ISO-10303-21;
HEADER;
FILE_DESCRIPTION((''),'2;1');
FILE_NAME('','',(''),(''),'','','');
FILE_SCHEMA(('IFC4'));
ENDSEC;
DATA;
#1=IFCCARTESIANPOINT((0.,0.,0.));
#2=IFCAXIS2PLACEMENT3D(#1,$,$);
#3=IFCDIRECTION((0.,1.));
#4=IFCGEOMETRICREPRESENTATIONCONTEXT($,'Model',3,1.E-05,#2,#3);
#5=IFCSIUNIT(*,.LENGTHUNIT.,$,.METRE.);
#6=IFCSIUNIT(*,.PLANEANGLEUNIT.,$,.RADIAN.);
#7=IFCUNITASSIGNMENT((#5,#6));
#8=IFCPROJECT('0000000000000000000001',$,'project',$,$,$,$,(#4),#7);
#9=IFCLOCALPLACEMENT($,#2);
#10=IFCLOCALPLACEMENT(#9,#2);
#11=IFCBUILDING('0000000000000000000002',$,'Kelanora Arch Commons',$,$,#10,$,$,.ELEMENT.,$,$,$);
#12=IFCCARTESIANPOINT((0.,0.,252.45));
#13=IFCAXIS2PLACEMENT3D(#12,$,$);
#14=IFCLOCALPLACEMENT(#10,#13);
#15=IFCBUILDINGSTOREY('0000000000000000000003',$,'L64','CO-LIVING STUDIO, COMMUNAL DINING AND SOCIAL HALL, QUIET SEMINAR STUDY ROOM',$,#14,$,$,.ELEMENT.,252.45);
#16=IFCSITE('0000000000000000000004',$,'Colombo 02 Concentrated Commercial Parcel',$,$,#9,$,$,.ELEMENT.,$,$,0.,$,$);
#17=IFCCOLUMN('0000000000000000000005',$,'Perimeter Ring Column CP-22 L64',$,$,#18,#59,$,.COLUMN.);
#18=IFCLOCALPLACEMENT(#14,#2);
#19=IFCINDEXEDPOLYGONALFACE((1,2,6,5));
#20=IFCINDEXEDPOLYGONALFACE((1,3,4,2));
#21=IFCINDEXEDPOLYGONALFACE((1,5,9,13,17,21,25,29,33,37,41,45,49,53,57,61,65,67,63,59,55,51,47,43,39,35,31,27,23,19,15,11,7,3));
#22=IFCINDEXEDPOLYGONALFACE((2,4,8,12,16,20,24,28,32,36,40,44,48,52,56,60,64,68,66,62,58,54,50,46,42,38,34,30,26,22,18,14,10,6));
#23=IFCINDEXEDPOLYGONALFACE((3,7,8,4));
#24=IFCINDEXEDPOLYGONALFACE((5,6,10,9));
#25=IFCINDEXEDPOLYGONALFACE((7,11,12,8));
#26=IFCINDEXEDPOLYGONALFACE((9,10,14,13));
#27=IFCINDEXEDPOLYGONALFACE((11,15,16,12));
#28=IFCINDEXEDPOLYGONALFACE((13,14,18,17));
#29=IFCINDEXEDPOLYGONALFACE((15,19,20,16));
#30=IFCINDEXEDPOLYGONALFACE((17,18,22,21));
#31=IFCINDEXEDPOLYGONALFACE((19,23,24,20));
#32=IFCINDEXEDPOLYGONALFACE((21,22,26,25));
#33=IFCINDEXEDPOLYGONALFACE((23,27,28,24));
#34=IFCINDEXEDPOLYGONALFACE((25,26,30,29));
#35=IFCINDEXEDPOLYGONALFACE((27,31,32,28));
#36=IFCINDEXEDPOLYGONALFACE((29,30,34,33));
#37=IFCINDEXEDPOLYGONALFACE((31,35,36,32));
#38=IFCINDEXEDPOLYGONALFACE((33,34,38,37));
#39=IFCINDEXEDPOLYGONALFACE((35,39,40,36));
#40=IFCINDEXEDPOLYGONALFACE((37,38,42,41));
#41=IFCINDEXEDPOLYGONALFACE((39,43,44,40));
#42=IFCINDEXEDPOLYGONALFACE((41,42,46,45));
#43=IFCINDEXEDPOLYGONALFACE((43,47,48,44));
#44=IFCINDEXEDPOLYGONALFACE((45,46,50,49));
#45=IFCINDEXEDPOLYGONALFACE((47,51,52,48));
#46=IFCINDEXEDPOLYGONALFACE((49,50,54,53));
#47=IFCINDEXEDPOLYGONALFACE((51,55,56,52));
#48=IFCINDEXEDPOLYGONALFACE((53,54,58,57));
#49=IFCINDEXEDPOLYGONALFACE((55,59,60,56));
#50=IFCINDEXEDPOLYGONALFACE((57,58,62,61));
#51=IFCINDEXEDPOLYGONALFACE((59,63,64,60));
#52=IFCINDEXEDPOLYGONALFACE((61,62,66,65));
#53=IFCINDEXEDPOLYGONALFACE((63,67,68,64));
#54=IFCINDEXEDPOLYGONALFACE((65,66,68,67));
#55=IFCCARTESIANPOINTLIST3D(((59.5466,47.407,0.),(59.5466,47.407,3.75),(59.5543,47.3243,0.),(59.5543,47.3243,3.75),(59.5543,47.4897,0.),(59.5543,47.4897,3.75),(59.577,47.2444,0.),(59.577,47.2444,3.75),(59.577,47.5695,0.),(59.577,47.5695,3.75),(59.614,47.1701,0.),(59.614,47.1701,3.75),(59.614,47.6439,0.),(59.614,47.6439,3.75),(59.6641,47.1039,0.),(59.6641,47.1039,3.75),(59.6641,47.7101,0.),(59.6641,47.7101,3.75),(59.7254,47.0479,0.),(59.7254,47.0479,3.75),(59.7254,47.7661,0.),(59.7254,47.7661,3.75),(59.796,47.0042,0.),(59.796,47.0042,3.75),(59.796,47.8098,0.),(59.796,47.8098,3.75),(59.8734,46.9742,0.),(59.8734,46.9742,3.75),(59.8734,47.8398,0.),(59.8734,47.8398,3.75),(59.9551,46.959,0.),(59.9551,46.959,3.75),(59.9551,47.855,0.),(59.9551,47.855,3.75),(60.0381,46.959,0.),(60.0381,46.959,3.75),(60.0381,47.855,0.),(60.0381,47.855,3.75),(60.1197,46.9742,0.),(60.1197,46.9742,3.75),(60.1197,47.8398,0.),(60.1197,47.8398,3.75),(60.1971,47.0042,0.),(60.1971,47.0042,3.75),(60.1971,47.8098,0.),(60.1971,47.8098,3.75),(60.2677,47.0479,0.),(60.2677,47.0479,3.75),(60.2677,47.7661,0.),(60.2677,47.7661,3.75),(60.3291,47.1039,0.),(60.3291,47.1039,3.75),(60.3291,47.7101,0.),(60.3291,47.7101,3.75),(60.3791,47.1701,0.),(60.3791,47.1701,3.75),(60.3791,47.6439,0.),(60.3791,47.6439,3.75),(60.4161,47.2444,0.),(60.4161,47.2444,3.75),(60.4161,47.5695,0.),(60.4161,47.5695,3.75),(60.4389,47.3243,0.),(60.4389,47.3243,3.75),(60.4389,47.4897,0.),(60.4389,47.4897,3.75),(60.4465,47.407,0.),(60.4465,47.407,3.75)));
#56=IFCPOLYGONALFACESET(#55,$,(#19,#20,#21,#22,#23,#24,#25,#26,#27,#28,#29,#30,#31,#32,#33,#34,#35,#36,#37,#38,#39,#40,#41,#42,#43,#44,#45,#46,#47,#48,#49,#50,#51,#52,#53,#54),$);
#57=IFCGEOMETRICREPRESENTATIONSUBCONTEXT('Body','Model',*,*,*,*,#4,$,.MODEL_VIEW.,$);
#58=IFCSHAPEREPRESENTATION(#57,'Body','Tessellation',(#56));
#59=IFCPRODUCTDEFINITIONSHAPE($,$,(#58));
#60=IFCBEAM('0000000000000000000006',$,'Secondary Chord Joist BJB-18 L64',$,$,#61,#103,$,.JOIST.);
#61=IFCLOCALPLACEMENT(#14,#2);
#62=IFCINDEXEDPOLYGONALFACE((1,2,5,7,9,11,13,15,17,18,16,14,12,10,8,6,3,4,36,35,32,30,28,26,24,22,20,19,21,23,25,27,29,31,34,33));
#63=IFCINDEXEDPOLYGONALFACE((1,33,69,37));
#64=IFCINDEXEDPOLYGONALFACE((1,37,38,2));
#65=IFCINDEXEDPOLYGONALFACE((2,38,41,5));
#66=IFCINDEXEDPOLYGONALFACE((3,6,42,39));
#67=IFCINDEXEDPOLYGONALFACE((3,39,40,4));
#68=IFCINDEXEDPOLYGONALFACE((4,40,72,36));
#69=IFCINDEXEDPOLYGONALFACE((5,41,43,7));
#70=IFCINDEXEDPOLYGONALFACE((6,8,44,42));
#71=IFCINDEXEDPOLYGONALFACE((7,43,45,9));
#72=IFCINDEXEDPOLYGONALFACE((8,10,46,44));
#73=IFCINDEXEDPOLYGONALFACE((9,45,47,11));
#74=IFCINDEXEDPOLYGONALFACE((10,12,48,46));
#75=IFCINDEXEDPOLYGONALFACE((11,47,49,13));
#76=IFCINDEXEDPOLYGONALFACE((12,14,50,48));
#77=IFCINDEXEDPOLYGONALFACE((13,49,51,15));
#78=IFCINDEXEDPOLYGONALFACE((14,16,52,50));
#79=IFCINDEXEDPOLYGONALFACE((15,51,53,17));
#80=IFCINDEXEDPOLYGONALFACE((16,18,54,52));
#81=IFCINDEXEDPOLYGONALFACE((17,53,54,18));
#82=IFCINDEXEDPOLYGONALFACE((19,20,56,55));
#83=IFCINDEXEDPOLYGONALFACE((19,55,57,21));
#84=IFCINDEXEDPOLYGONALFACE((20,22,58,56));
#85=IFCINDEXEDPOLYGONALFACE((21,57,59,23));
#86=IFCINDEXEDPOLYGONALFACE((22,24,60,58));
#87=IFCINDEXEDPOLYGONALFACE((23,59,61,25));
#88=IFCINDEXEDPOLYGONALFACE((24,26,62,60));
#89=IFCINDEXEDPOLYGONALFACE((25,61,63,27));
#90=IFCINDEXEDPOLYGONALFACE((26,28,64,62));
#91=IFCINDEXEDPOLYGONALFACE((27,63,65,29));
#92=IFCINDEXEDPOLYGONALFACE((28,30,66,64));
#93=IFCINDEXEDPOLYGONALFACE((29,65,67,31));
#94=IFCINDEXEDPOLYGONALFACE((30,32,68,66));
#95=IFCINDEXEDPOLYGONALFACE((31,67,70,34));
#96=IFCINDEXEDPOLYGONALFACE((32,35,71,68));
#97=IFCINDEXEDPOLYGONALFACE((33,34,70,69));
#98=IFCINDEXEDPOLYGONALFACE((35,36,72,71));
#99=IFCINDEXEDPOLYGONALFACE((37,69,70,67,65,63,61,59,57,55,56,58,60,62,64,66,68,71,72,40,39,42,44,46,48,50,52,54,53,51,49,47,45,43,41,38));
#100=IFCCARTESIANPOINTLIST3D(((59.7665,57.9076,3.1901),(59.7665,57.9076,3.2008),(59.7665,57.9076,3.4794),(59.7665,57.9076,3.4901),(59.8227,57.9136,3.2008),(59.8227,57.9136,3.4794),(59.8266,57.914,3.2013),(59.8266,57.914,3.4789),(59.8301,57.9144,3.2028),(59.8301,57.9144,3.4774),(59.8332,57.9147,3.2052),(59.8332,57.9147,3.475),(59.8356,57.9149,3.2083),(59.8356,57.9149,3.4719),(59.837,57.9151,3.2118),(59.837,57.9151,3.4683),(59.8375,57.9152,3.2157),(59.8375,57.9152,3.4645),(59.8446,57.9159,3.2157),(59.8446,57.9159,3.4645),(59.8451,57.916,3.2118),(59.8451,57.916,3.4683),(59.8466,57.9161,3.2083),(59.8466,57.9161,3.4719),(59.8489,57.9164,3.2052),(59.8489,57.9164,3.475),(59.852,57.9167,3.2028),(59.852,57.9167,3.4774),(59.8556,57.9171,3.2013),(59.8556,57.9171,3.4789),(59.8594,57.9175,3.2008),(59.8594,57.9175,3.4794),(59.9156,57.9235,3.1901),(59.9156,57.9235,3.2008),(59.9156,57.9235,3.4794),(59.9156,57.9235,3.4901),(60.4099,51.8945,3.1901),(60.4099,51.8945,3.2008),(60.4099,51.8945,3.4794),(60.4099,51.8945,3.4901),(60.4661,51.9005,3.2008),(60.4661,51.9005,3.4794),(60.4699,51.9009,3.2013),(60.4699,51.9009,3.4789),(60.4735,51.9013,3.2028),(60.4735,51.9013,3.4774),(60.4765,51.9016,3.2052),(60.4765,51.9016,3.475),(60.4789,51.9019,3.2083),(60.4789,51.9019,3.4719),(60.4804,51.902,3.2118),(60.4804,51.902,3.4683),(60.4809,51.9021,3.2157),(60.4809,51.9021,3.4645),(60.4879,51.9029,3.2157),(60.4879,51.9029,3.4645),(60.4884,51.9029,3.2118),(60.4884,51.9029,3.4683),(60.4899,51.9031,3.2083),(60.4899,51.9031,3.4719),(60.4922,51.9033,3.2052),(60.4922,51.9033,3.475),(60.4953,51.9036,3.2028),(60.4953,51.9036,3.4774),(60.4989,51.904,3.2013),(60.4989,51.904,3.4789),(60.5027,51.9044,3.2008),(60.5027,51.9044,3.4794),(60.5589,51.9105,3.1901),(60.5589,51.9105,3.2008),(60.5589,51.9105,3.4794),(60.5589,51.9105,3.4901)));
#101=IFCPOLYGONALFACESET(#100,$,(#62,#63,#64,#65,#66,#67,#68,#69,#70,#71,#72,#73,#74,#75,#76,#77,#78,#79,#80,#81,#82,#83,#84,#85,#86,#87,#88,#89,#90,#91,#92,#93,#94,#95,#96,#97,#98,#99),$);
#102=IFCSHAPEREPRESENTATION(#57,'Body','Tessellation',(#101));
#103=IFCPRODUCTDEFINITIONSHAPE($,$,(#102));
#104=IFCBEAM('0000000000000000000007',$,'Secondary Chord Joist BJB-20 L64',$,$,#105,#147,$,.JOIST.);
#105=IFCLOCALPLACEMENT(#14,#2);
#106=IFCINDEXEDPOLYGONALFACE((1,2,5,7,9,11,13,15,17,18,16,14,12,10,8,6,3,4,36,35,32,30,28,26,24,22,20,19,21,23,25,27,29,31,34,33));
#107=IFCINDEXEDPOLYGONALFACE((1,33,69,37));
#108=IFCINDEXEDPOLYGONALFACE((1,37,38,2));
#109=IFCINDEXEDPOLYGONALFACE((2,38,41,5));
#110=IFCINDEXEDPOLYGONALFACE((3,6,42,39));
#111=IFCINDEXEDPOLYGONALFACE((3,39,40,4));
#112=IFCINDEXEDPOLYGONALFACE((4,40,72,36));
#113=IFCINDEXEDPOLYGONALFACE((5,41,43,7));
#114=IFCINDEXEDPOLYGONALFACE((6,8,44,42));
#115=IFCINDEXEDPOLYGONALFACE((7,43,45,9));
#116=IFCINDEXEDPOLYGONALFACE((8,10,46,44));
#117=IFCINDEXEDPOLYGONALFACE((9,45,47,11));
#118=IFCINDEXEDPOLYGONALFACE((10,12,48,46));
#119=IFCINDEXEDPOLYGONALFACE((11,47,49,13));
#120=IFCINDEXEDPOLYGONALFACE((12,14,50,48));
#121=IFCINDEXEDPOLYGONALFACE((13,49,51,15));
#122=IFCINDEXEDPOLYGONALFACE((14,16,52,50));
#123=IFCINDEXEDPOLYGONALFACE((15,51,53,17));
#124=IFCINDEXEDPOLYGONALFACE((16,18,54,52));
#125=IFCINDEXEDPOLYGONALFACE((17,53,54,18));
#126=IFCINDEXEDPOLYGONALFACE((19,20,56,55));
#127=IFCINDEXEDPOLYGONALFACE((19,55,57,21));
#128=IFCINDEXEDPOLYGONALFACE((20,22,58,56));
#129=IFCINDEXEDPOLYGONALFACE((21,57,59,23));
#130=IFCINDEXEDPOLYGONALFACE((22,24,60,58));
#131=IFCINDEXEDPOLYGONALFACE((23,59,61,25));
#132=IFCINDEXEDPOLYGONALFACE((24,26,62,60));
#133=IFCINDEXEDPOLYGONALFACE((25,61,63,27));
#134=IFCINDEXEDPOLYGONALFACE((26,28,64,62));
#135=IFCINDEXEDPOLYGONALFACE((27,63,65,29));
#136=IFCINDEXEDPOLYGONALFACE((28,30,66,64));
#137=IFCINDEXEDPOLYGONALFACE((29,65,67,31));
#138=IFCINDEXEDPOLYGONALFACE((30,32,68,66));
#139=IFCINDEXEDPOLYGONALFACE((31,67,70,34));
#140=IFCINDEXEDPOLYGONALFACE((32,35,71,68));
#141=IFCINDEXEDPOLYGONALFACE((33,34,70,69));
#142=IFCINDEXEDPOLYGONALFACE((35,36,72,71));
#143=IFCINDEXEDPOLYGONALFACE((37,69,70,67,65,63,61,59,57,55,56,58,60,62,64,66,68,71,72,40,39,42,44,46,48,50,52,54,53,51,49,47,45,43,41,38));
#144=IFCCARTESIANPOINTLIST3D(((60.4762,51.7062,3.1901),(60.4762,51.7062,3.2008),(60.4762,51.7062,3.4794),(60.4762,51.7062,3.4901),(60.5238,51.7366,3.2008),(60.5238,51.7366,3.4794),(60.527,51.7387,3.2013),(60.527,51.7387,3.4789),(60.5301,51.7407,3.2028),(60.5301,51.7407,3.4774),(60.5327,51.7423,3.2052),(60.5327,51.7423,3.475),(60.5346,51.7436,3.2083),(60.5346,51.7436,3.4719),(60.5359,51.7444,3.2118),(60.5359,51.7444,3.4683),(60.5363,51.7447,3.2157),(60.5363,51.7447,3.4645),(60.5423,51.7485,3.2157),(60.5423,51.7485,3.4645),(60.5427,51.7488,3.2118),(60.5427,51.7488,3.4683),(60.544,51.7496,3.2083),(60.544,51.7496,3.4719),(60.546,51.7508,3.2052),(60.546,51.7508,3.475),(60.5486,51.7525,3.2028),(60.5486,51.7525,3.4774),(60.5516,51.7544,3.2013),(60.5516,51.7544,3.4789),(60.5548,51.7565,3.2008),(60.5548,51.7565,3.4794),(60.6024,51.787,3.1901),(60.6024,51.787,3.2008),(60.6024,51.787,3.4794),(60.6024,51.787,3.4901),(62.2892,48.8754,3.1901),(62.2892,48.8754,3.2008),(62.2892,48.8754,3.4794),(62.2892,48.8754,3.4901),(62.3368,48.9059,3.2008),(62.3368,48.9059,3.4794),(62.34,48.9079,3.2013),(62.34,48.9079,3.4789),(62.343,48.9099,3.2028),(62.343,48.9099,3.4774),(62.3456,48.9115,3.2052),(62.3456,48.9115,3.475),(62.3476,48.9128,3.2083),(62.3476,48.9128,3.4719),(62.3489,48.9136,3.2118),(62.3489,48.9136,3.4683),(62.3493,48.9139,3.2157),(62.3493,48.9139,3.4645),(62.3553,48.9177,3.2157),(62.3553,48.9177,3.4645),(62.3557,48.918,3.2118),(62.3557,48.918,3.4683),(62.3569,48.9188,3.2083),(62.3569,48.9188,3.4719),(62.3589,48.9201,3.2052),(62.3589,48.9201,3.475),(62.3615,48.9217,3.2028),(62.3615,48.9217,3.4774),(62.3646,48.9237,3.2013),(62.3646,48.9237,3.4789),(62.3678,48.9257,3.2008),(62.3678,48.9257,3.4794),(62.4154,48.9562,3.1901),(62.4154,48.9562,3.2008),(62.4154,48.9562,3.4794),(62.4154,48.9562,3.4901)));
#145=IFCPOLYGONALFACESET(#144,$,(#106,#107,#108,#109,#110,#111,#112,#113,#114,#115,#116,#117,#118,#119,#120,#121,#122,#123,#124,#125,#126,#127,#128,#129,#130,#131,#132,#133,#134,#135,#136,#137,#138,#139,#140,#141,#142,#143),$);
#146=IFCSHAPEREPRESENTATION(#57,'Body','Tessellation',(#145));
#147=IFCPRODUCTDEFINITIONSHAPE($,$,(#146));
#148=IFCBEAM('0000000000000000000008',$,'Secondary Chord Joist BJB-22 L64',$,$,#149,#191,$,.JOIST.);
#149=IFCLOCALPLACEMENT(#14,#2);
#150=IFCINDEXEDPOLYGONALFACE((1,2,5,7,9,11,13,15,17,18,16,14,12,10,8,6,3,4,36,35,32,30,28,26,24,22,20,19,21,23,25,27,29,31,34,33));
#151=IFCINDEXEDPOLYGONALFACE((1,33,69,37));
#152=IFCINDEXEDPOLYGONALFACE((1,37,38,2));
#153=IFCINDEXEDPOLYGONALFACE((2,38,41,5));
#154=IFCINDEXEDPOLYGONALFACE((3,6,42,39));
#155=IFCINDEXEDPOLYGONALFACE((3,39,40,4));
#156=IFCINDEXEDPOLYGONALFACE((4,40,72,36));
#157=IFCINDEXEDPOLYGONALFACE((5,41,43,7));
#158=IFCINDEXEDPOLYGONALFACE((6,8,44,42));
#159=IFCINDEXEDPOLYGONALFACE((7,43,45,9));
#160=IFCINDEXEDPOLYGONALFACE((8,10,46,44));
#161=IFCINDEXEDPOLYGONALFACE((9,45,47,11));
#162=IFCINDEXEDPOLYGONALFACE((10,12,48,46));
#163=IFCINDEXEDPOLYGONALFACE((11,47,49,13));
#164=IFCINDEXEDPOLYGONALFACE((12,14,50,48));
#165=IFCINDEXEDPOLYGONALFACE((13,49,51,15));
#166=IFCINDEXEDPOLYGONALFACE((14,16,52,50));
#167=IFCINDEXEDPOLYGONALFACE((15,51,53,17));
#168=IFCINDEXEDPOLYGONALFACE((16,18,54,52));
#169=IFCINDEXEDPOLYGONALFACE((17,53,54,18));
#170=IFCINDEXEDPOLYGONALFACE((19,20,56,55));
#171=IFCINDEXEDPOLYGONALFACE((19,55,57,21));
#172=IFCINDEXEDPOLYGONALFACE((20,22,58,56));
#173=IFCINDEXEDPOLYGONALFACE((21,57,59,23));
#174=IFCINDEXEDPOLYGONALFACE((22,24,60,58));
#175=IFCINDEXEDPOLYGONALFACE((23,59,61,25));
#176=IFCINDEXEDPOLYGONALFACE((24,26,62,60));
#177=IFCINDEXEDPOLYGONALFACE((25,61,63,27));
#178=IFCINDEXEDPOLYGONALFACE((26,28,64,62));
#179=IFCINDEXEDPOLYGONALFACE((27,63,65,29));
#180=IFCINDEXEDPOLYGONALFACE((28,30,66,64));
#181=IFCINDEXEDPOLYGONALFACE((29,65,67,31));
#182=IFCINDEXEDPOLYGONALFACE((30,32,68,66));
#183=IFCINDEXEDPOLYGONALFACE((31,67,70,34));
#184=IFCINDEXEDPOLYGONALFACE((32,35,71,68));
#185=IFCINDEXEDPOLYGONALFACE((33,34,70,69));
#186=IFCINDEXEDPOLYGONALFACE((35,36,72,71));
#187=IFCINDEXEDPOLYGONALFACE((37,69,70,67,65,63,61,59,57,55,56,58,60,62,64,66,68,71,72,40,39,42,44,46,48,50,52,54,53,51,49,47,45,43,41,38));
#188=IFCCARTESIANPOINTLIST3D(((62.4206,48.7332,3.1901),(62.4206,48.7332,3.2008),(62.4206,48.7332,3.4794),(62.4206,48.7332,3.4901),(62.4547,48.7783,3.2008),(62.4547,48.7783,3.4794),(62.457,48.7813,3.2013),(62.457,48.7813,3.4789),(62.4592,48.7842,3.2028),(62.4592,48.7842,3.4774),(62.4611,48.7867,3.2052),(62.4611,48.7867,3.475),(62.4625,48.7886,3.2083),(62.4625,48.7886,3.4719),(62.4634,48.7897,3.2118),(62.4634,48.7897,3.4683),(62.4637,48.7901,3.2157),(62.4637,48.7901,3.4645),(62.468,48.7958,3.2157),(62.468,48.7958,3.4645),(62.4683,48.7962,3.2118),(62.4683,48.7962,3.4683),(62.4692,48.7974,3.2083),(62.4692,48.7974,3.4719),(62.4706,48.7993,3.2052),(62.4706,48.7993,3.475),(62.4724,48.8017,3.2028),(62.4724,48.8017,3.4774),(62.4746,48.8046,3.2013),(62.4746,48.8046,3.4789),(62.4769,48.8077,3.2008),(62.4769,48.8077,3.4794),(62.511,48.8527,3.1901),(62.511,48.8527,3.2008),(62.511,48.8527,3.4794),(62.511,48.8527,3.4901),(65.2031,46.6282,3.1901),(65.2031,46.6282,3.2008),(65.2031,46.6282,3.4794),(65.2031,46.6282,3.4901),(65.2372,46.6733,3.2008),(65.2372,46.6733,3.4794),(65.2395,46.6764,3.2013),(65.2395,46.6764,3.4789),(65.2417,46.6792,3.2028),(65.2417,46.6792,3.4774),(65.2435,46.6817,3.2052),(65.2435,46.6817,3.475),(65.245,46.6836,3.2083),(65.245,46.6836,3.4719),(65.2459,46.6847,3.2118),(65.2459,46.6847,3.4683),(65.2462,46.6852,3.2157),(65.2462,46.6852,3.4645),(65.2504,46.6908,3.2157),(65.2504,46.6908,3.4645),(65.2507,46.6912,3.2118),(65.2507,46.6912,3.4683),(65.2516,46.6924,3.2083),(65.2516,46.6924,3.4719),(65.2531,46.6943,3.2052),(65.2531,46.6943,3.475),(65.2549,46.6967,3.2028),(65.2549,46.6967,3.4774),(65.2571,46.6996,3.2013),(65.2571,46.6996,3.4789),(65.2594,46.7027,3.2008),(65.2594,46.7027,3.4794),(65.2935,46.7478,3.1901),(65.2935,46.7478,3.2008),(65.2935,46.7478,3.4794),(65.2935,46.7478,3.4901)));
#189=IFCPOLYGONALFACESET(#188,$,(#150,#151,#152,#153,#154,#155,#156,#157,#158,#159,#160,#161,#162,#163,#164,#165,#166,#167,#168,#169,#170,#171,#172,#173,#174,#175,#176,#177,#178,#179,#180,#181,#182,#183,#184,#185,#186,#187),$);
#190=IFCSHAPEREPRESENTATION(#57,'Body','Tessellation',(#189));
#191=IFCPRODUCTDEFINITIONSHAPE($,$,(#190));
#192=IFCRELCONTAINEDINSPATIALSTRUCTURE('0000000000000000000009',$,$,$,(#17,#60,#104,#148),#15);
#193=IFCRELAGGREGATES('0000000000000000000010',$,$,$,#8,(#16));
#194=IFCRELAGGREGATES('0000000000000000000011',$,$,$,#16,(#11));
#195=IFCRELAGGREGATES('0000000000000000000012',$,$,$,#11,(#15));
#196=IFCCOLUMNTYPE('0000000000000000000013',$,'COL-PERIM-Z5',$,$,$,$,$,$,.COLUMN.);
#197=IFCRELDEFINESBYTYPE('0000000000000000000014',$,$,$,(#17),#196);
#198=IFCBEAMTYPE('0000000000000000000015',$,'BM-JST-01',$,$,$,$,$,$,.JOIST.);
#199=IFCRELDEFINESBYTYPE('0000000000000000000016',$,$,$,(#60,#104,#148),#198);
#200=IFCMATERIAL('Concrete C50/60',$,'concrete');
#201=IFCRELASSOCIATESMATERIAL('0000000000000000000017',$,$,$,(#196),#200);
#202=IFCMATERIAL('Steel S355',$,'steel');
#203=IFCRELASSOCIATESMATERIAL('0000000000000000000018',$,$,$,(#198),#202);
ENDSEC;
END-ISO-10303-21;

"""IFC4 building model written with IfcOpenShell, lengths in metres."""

from ifc_helpers import new_model, si_unit, direction, frame, origin, origin_2d, place, context, subcontext, project, spatial, circle, i_section, extrude, material, material_profile, profile_set, type_object, element, save


model = new_model("IFC4")

# Units and contexts
model_context = context("Model", 3, precision=1e-05, world=origin(), true_north=direction((0.0, 1.0)))
body_context = subcontext(model_context, "Body", "Model", "MODEL_VIEW")
ifc_project = project(units=[si_unit("LENGTHUNIT", "METRE"), si_unit("PLANEANGLEUNIT", "RADIAN")], contexts=[model_context])

# Site, building, storey
site_placement = place(None, origin())
site = spatial("IfcSite", under=ifc_project, at=site_placement, Name="Colombo 02 Concentrated Commercial Parcel", CompositionType="ELEMENT", RefElevation=0.0)
building_placement = place(site_placement, origin())
building = spatial("IfcBuilding", under=site, at=building_placement, Name="Kelanora Arch Commons", CompositionType="ELEMENT")
storey_placement = place(building_placement, frame((0.0, 0.0, 252.45)))
storey = spatial("IfcBuildingStorey", under=building, at=storey_placement, Name="L64", Description="CO-LIVING STUDIO, COMMUNAL DINING AND SOCIAL HALL, QUIET SEMINAR STUDY ROOM", CompositionType="ELEMENT", Elevation=252.45)

# Column
ifc_material_1 = material(Name="Concrete C50/60", Category="concrete")
ifc_material_profile_1 = material_profile(ifc_material_1, circle(Radius=0.45, at=origin_2d()), Name="RCC900")
ifc_profile_set_1 = profile_set([ifc_material_profile_1], Name="Concrete C50/60")
column_type = type_object("IfcColumnType", Name="COL-PERIM-Z5", PredefinedType="COLUMN", material=ifc_profile_set_1)
column_placement = place(storey_placement, frame((59.9966, 47.407, 0.0), z_axis=(0.0, 0.0, 1.0), x_axis=(1.0, 0.0, 0.0)))
element("IfcColumn", 1, at=column_placement, inside=storey, type_object=column_type, Name="Perimeter Ring Column CP-22 L64", PredefinedType="COLUMN", context=body_context, shape_type="SweptSolid", body=[
    extrude(circle(Radius=0.45, at=origin_2d()), origin(), (0.0, 0.0, 1.0), 3.75),
])

# Beams
ifc_material_2 = material(Name="Steel S355", Category="steel")
ifc_material_profile_2 = material_profile(ifc_material_2, i_section(OverallWidth=0.1499, OverallDepth=0.3, WebThickness=0.0071, FlangeThickness=0.0107, FilletRadius=0.0149, at=origin_2d()), Name="IPE300")
ifc_profile_set_2 = profile_set([ifc_material_profile_2], Name="Steel S355")
beam_type_1 = type_object("IfcBeamType", Name="BM-JST-01", PredefinedType="JOIST", material=ifc_profile_set_2)
beam_1_placement = place(storey_placement, frame((59.8411, 57.9155, 3.3401), z_axis=(0.106381, -0.994325, 0.0), x_axis=(0.994325, 0.106381, 0.0)))
element("IfcBeam", 2, at=beam_1_placement, inside=storey, type_object=beam_type_1, Name="Secondary Chord Joist BJB-18 L64", PredefinedType="JOIST", context=body_context, shape_type="SweptSolid", body=[
    extrude(i_section(OverallWidth=0.1499, OverallDepth=0.3, WebThickness=0.0071, FlangeThickness=0.0107, FilletRadius=0.0149, at=origin_2d()), origin(), (0.0, 0.0, 1.0), 6.0474),
])
beam_2_placement = place(storey_placement, frame((60.5393, 51.7466, 3.3401), z_axis=(0.539322, -0.8421, 0.0), x_axis=(0.8421, 0.539322, 0.0)))
element("IfcBeam", 3, at=beam_2_placement, inside=storey, type_object=beam_type_1, Name="Secondary Chord Joist BJB-20 L64", PredefinedType="JOIST", context=body_context, shape_type="SweptSolid", body=[
    extrude(i_section(OverallWidth=0.1499, OverallDepth=0.3, WebThickness=0.0071, FlangeThickness=0.0107, FilletRadius=0.0149, at=origin_2d()), origin(), (0.0, 0.0, 1.0), 3.3616),
])
beam_3_placement = place(storey_placement, frame((62.4658, 48.793, 3.3401), z_axis=(0.797499, -0.60332, 0.0), x_axis=(0.60332, 0.797499, 0.0)))
element("IfcBeam", 4, at=beam_3_placement, inside=storey, type_object=beam_type_1, Name="Secondary Chord Joist BJB-22 L64", PredefinedType="JOIST", context=body_context, shape_type="SweptSolid", body=[
    extrude(i_section(OverallWidth=0.1499, OverallDepth=0.3, WebThickness=0.0071, FlangeThickness=0.0107, FilletRadius=0.0149, at=origin_2d()), origin(), (0.0, 0.0, 1.0), 3.489),
])

save(model, "model.ifc")
